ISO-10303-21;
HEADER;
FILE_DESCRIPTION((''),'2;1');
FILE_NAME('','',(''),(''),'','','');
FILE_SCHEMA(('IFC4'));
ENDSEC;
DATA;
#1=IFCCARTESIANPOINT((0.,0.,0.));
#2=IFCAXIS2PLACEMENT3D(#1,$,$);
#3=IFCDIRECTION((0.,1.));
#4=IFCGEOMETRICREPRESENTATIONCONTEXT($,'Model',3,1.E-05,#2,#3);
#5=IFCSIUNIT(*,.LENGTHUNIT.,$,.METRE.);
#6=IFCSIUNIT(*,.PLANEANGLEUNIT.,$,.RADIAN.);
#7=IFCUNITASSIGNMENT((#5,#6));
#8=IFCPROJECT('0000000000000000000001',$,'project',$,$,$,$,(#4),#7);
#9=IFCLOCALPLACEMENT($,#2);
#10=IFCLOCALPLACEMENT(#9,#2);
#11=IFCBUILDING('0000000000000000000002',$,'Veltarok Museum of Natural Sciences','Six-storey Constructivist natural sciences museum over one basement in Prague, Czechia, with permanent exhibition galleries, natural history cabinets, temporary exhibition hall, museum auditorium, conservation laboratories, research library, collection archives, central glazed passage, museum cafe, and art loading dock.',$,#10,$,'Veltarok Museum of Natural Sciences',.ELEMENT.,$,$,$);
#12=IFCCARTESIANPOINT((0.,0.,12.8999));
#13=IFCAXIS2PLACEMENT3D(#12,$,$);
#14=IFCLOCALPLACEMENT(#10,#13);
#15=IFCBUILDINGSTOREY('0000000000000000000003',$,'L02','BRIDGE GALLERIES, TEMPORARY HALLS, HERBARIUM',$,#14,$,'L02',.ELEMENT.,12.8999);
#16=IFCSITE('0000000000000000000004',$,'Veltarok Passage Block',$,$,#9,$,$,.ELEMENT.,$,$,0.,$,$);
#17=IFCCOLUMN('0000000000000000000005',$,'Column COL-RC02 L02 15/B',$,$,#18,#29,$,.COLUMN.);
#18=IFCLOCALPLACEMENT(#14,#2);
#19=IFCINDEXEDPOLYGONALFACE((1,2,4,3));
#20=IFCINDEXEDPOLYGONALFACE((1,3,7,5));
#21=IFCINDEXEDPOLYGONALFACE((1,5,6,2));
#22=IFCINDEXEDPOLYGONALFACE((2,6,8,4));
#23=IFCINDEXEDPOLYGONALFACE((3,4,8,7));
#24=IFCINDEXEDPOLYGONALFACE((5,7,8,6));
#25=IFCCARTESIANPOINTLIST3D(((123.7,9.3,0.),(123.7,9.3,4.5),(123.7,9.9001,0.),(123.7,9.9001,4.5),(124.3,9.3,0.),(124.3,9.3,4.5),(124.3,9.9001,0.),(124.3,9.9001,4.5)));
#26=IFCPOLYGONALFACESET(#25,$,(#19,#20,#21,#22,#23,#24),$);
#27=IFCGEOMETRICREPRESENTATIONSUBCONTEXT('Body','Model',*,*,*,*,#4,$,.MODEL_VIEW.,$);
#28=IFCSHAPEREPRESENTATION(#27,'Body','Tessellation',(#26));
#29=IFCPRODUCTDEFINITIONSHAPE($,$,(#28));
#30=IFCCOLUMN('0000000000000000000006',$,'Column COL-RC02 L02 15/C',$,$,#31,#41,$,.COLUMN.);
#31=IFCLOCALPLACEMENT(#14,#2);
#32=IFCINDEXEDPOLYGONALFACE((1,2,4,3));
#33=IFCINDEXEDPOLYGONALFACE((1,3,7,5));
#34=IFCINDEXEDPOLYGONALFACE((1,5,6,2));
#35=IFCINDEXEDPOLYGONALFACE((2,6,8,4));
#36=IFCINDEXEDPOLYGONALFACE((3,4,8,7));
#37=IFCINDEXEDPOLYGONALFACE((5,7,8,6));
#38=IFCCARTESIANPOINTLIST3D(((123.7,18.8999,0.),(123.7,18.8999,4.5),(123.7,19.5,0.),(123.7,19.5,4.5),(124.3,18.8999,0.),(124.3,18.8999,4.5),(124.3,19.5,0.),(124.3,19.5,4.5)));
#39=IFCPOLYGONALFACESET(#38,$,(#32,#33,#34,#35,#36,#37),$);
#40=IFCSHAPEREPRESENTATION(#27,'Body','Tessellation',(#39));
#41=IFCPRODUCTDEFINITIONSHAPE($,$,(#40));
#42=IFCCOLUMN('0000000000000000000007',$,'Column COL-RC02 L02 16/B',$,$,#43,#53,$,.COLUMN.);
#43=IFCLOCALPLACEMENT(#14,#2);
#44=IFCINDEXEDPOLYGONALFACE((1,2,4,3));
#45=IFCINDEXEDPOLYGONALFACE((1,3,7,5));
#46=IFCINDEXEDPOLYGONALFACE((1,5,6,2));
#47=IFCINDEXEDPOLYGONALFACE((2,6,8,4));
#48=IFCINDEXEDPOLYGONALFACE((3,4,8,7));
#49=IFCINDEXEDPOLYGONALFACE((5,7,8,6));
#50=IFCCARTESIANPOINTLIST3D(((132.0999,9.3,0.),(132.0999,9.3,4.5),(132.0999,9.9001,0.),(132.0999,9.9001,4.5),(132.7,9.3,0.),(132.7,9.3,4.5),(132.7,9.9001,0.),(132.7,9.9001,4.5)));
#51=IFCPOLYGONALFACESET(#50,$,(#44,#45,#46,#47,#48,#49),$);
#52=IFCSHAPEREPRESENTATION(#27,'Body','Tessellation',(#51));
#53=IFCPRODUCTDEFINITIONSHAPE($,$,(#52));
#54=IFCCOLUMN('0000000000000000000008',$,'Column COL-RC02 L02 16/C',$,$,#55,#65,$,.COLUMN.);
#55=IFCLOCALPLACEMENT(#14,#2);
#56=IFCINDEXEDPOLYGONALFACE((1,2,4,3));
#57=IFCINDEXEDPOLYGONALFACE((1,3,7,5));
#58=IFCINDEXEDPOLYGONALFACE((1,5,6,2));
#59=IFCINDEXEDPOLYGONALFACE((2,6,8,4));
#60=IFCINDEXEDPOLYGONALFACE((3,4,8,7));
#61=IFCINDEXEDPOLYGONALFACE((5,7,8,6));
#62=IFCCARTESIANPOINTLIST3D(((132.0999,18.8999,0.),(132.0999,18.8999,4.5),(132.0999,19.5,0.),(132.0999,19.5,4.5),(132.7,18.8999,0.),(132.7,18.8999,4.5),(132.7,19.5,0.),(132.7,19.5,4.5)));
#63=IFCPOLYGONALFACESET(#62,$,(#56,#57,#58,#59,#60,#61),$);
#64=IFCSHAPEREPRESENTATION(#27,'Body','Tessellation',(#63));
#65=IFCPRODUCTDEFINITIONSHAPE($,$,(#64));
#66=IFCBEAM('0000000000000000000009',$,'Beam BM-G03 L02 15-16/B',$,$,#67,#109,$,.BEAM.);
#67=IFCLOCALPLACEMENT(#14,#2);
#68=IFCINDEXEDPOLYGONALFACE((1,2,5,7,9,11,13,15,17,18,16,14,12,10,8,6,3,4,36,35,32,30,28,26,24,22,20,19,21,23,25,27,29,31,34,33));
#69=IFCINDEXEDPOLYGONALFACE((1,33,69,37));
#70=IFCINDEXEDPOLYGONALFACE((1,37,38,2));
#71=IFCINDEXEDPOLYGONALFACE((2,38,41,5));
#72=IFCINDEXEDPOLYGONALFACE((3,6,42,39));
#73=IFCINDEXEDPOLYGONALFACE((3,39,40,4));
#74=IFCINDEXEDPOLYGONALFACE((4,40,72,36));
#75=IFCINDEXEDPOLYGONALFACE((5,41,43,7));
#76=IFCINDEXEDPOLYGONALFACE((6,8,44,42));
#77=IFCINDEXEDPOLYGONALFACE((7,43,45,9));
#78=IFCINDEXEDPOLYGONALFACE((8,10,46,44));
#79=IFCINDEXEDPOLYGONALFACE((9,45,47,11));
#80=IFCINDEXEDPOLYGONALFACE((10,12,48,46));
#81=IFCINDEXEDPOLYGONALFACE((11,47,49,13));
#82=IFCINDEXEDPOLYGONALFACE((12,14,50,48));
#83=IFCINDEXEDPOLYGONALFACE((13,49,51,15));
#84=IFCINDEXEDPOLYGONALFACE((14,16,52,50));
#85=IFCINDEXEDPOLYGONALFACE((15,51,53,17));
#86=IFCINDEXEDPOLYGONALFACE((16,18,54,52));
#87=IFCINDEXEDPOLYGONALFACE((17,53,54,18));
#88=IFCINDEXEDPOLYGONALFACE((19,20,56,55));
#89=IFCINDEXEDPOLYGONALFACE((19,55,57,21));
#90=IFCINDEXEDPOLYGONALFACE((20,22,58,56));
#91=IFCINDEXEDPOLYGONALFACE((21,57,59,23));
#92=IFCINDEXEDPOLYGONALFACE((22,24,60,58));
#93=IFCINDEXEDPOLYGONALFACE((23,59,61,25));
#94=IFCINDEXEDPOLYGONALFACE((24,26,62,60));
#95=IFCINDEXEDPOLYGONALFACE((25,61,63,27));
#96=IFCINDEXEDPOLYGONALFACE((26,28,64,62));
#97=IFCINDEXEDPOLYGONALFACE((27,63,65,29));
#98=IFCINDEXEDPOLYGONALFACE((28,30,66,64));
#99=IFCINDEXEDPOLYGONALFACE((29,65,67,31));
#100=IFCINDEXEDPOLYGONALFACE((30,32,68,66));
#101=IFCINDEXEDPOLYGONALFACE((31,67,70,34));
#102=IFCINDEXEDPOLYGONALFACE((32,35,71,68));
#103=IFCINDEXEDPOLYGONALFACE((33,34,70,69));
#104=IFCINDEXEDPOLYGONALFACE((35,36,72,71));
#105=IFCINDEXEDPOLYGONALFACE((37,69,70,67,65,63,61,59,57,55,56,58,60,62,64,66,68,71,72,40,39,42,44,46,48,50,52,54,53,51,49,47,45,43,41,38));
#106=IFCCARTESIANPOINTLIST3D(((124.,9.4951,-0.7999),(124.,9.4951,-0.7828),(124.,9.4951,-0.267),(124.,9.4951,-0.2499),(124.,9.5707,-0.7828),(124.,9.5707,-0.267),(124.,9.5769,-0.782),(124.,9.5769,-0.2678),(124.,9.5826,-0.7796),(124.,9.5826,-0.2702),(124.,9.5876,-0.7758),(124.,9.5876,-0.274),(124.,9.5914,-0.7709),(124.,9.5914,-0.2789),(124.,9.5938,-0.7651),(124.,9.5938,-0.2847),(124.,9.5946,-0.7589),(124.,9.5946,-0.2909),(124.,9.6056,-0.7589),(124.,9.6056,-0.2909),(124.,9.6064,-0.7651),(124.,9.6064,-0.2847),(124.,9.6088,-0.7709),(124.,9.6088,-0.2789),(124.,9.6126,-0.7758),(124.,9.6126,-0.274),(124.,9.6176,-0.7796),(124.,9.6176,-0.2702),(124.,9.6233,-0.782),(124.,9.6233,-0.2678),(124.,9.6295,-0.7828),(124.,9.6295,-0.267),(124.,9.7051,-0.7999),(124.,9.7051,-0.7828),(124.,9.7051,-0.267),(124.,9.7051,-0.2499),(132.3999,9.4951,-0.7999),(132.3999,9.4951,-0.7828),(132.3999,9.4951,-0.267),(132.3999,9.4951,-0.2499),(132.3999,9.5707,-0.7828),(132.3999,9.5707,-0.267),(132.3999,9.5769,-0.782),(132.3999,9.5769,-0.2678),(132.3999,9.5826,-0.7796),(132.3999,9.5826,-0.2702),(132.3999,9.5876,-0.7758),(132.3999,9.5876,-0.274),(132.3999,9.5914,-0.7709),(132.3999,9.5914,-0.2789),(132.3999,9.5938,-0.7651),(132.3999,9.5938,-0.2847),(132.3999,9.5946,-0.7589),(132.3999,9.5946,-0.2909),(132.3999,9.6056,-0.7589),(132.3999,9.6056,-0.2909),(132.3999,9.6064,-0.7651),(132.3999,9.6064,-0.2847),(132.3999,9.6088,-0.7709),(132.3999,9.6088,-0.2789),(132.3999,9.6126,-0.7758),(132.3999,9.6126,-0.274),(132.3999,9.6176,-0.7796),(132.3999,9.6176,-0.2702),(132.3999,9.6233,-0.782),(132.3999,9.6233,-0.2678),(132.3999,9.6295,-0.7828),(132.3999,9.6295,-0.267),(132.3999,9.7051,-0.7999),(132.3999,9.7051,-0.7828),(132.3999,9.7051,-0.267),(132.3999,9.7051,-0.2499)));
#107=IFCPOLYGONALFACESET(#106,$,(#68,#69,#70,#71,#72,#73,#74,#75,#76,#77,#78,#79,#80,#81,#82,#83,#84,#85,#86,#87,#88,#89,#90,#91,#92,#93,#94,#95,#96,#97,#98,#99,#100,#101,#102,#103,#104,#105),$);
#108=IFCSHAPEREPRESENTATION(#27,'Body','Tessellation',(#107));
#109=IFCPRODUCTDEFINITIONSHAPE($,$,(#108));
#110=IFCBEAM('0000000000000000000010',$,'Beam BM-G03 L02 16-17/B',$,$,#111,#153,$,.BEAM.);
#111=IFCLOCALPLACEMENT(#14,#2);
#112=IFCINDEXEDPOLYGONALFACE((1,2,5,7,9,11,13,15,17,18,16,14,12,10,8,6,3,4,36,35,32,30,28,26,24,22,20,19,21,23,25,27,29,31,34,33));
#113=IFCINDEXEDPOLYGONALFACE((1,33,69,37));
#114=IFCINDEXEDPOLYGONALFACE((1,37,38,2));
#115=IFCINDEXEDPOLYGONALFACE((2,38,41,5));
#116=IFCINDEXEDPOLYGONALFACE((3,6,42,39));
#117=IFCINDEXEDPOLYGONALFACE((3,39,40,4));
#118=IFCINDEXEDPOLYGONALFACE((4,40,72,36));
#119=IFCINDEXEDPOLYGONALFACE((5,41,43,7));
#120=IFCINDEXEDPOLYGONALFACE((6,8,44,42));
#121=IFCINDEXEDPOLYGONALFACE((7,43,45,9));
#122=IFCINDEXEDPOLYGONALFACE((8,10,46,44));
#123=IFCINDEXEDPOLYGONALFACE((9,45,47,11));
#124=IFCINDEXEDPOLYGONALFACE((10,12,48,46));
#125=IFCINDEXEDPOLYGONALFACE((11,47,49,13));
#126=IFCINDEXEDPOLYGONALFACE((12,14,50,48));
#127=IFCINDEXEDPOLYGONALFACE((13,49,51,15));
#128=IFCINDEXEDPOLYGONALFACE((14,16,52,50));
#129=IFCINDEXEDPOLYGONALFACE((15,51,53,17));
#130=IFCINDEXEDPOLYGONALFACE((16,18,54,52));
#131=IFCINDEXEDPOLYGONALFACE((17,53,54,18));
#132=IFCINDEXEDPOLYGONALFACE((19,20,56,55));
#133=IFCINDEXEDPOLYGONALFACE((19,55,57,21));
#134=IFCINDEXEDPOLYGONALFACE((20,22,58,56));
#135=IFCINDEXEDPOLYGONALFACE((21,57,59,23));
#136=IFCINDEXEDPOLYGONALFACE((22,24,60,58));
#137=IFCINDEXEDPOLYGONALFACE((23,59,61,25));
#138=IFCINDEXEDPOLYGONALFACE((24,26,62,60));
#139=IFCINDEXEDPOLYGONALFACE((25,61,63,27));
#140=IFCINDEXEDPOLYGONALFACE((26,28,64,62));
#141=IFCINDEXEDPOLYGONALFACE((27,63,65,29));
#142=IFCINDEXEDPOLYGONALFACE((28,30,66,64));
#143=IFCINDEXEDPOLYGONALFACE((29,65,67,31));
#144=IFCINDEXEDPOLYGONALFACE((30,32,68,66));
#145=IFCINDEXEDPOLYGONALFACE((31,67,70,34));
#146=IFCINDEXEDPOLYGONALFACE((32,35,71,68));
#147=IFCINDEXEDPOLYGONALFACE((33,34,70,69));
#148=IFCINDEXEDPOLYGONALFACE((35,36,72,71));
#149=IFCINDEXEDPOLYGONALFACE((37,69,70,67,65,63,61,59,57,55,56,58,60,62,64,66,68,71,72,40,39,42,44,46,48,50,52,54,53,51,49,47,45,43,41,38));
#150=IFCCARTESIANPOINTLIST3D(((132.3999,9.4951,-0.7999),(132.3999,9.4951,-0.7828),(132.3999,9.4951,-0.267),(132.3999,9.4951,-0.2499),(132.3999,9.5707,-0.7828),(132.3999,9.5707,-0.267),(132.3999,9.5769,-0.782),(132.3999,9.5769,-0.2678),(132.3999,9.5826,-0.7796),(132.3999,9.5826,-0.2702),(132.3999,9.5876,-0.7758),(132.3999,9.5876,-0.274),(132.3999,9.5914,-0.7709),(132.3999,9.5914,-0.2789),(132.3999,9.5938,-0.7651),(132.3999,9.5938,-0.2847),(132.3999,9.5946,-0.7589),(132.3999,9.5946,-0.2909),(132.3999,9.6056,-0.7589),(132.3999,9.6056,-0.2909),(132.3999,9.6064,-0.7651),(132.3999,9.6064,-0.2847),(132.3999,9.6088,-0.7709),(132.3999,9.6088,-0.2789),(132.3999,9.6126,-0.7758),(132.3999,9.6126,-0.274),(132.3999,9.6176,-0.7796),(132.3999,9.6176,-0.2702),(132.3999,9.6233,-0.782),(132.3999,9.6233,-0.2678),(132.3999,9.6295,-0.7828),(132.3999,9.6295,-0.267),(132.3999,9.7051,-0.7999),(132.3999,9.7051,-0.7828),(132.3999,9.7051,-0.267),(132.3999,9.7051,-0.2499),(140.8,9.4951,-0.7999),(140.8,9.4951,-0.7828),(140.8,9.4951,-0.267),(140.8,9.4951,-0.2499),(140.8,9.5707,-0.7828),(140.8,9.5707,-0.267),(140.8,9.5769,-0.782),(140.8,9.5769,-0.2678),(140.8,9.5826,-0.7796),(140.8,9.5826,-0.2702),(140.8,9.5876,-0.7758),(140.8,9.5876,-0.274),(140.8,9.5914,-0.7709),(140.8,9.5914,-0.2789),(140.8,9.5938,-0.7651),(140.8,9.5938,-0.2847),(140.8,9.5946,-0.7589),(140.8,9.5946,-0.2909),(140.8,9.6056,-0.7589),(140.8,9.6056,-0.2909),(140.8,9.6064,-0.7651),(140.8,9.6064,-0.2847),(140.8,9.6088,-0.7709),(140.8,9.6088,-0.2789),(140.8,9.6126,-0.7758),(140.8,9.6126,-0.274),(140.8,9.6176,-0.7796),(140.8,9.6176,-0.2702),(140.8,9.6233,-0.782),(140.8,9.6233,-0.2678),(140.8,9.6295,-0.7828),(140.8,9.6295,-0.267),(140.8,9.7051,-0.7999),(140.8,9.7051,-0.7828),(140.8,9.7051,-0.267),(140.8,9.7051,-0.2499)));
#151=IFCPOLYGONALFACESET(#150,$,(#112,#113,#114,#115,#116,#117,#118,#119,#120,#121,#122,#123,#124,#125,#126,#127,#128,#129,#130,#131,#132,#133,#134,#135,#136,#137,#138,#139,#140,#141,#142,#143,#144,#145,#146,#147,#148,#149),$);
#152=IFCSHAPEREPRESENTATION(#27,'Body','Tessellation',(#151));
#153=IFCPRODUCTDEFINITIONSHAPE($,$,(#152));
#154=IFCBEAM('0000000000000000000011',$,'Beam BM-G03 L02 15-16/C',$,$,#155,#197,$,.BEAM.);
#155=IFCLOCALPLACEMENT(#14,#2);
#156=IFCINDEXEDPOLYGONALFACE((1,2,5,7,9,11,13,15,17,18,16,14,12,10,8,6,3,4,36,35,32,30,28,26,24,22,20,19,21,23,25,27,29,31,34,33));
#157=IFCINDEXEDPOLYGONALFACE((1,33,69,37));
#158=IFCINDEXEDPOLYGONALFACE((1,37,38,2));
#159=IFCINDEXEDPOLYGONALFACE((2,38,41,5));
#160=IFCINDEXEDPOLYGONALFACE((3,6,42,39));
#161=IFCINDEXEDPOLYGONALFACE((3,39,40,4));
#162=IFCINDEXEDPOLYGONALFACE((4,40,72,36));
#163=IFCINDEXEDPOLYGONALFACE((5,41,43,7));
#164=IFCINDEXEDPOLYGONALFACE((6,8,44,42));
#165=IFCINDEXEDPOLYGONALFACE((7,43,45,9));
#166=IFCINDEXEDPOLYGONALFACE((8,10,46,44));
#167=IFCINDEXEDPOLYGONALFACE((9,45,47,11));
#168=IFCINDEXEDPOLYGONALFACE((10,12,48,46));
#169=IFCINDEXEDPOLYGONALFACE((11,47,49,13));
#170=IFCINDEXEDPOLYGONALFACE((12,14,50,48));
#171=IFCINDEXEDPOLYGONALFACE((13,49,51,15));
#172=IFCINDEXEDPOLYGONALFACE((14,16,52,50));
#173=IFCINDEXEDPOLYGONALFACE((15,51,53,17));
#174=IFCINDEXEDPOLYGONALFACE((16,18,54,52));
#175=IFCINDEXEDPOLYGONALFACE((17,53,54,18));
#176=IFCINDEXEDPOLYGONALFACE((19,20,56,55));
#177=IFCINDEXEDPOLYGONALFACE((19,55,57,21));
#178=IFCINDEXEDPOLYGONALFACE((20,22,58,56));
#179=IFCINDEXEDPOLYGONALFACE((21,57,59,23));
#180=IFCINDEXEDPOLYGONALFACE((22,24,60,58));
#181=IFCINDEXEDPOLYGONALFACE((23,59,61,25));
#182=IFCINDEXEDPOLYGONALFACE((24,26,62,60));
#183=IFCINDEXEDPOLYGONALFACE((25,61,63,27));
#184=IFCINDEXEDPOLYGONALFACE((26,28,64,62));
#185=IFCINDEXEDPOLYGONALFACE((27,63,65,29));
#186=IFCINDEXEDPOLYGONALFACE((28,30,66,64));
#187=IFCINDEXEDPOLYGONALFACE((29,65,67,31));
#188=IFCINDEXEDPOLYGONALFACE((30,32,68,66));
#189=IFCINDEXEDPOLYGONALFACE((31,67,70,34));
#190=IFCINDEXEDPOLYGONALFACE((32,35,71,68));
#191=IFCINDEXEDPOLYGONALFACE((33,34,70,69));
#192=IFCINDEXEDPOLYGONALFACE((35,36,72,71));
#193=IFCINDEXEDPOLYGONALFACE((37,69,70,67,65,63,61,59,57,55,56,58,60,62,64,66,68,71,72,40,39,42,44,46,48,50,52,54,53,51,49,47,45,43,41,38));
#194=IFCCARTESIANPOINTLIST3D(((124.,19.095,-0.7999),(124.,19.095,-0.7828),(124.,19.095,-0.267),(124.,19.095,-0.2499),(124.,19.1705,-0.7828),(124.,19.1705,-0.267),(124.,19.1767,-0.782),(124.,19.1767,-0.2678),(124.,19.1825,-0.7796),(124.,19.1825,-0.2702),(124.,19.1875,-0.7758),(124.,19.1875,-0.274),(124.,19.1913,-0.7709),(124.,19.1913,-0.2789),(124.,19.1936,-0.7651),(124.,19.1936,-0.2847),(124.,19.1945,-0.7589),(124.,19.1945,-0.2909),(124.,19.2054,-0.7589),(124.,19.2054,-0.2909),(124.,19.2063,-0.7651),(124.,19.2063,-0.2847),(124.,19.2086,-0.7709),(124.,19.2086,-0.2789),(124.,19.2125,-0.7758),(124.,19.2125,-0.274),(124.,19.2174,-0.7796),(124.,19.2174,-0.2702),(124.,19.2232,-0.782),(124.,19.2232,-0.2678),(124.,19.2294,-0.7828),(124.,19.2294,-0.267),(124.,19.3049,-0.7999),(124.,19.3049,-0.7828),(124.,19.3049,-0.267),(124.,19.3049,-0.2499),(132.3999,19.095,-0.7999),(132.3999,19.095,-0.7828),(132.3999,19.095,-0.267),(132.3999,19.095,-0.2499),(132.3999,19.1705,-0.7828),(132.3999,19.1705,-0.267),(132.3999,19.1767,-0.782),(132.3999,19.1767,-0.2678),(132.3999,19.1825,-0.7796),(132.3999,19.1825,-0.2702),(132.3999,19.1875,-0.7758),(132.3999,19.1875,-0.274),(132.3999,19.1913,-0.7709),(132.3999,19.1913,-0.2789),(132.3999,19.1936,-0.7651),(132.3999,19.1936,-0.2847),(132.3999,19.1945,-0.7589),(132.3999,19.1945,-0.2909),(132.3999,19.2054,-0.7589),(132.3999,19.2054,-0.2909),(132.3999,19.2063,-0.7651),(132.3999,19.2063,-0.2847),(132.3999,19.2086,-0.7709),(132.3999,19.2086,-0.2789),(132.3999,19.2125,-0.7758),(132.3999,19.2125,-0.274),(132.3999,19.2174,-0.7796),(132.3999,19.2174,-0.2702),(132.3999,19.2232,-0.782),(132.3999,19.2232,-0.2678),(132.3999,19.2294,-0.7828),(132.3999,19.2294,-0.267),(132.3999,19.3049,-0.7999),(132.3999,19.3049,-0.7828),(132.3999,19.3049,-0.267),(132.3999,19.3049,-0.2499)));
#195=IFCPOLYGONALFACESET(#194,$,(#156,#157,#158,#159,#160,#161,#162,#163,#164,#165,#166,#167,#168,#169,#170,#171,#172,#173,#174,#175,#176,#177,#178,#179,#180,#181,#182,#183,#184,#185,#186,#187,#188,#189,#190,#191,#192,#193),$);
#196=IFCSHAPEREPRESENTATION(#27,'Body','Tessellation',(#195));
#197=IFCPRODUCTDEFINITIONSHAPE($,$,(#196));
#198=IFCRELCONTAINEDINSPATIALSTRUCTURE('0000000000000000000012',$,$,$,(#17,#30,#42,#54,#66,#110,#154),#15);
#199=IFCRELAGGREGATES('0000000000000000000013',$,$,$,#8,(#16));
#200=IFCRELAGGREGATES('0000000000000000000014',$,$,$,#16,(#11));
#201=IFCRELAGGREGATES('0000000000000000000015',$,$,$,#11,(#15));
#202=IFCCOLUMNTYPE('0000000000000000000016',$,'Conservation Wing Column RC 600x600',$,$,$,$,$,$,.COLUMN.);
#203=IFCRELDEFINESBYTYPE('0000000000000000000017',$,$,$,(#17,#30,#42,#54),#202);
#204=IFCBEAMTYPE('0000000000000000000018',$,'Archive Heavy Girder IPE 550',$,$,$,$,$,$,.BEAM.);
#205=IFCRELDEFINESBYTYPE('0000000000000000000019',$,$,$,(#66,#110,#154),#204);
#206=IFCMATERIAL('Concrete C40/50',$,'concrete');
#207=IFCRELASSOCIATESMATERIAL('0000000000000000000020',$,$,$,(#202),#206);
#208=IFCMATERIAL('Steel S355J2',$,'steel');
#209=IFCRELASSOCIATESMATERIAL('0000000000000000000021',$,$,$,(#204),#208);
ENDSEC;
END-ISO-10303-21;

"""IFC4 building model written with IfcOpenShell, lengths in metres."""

from ifc_helpers import new_model, si_unit, direction, frame, origin, origin_2d, place, context, subcontext, project, spatial, rectangle, i_section, extrude, material, material_profile, profile_set, type_object, element, save


model = new_model("IFC4")

# Units and contexts
model_context = context("Model", 3, precision=1e-05, world=origin(), true_north=direction((0.0, 1.0)))
body_context = subcontext(model_context, "Body", "Model", "MODEL_VIEW")
ifc_project = project(units=[si_unit("LENGTHUNIT", "METRE"), si_unit("PLANEANGLEUNIT", "RADIAN")], contexts=[model_context])

# Site, building, storey
site_placement = place(None, origin())
site = spatial("IfcSite", under=ifc_project, at=site_placement, Name="Veltarok Passage Block", CompositionType="ELEMENT", RefElevation=0.0)
building_placement = place(site_placement, origin())
building = spatial("IfcBuilding", under=site, at=building_placement, Name="Veltarok Museum of Natural Sciences", Description="Six-storey Constructivist natural sciences museum over one basement in Prague, Czechia, with permanent exhibition galleries, natural history cabinets, temporary exhibition hall, museum auditorium, conservation laboratories, research library, collection archives, central glazed passage, museum cafe, and art loading dock.", LongName="Veltarok Museum of Natural Sciences", CompositionType="ELEMENT")
storey_placement = place(building_placement, frame((0.0, 0.0, 12.8999)))
storey = spatial("IfcBuildingStorey", under=building, at=storey_placement, Name="L02", Description="BRIDGE GALLERIES, TEMPORARY HALLS, HERBARIUM", LongName="L02", CompositionType="ELEMENT", Elevation=12.8999)

# Columns
ifc_material_1 = material(Name="Concrete C40/50", Category="concrete")
ifc_material_profile_1 = material_profile(ifc_material_1, rectangle(XDim=0.6001, YDim=0.6001, at=origin_2d()), Name="RC 600x600")
ifc_profile_set_1 = profile_set([ifc_material_profile_1], Name="Concrete C40/50")
column_type = type_object("IfcColumnType", Name="Conservation Wing Column RC 600x600", PredefinedType="COLUMN", material=ifc_profile_set_1)
for number, where, z_axis, x_axis, name in (
    (1, (124.0, 9.6001, 0.0), (0.0, 0.0, 1.0), (1.0, 0.0, 0.0), "Column COL-RC02 L02 15/B"),
    (2, (124.0, 19.2, 0.0), (0.0, 0.0, 1.0), (1.0, 0.0, 0.0), "Column COL-RC02 L02 15/C"),
    (3, (132.3999, 9.6001, 0.0), (0.0, 0.0, 1.0), (1.0, 0.0, 0.0), "Column COL-RC02 L02 16/B"),
    (4, (132.3999, 19.2, 0.0), (0.0, 0.0, 1.0), (1.0, 0.0, 0.0), "Column COL-RC02 L02 16/C"),
):
    element("IfcColumn", number, at=place(storey_placement, frame(where, z_axis=z_axis, x_axis=x_axis)), inside=storey, type_object=column_type, Name=name, PredefinedType="COLUMN", context=body_context, shape_type="SweptSolid", body=[
        extrude(rectangle(XDim=0.6001, YDim=0.6001, at=origin_2d()), origin(), (0.0, 0.0, 1.0), 4.5),
    ])

# Beams
ifc_material_2 = material(Name="Steel S355J2", Category="steel")
ifc_material_profile_2 = material_profile(ifc_material_2, i_section(OverallWidth=0.21, OverallDepth=0.55, WebThickness=0.011, FlangeThickness=0.0171, FilletRadius=0.0239, at=origin_2d()), Name="IPE 550")
ifc_profile_set_2 = profile_set([ifc_material_profile_2], Name="Steel S355J2")
beam_type_1 = type_object("IfcBeamType", Name="Archive Heavy Girder IPE 550", PredefinedType="BEAM", material=ifc_profile_set_2)
beam_1_placement = place(storey_placement, frame((124.0, 9.6001, -0.5249), z_axis=(1.0, 0.0, 0.0), x_axis=(0.0, 1.0, 0.0)))
element("IfcBeam", 5, at=beam_1_placement, inside=storey, type_object=beam_type_1, Name="Beam BM-G03 L02 15-16/B", PredefinedType="BEAM", context=body_context, shape_type="SweptSolid", body=[
    extrude(i_section(OverallWidth=0.21, OverallDepth=0.55, WebThickness=0.011, FlangeThickness=0.0171, FilletRadius=0.0239, at=origin_2d()), origin(), (0.0, 0.0, 1.0), 8.3999),
])
beam_2_placement = place(storey_placement, frame((132.3999, 9.6001, -0.5249), z_axis=(1.0, 0.0, 0.0), x_axis=(0.0, 1.0, 0.0)))
element("IfcBeam", 6, at=beam_2_placement, inside=storey, type_object=beam_type_1, Name="Beam BM-G03 L02 16-17/B", PredefinedType="BEAM", context=body_context, shape_type="SweptSolid", body=[
    extrude(i_section(OverallWidth=0.21, OverallDepth=0.55, WebThickness=0.011, FlangeThickness=0.0171, FilletRadius=0.0239, at=origin_2d()), origin(), (0.0, 0.0, 1.0), 8.4001),
])
beam_3_placement = place(storey_placement, frame((124.0, 19.2, -0.5249), z_axis=(1.0, 0.0, 0.0), x_axis=(0.0, 1.0, 0.0)))
element("IfcBeam", 7, at=beam_3_placement, inside=storey, type_object=beam_type_1, Name="Beam BM-G03 L02 15-16/C", PredefinedType="BEAM", context=body_context, shape_type="SweptSolid", body=[
    extrude(i_section(OverallWidth=0.21, OverallDepth=0.55, WebThickness=0.011, FlangeThickness=0.0171, FilletRadius=0.0239, at=origin_2d()), origin(), (0.0, 0.0, 1.0), 8.3999),
])

save(model, "model.ifc")
